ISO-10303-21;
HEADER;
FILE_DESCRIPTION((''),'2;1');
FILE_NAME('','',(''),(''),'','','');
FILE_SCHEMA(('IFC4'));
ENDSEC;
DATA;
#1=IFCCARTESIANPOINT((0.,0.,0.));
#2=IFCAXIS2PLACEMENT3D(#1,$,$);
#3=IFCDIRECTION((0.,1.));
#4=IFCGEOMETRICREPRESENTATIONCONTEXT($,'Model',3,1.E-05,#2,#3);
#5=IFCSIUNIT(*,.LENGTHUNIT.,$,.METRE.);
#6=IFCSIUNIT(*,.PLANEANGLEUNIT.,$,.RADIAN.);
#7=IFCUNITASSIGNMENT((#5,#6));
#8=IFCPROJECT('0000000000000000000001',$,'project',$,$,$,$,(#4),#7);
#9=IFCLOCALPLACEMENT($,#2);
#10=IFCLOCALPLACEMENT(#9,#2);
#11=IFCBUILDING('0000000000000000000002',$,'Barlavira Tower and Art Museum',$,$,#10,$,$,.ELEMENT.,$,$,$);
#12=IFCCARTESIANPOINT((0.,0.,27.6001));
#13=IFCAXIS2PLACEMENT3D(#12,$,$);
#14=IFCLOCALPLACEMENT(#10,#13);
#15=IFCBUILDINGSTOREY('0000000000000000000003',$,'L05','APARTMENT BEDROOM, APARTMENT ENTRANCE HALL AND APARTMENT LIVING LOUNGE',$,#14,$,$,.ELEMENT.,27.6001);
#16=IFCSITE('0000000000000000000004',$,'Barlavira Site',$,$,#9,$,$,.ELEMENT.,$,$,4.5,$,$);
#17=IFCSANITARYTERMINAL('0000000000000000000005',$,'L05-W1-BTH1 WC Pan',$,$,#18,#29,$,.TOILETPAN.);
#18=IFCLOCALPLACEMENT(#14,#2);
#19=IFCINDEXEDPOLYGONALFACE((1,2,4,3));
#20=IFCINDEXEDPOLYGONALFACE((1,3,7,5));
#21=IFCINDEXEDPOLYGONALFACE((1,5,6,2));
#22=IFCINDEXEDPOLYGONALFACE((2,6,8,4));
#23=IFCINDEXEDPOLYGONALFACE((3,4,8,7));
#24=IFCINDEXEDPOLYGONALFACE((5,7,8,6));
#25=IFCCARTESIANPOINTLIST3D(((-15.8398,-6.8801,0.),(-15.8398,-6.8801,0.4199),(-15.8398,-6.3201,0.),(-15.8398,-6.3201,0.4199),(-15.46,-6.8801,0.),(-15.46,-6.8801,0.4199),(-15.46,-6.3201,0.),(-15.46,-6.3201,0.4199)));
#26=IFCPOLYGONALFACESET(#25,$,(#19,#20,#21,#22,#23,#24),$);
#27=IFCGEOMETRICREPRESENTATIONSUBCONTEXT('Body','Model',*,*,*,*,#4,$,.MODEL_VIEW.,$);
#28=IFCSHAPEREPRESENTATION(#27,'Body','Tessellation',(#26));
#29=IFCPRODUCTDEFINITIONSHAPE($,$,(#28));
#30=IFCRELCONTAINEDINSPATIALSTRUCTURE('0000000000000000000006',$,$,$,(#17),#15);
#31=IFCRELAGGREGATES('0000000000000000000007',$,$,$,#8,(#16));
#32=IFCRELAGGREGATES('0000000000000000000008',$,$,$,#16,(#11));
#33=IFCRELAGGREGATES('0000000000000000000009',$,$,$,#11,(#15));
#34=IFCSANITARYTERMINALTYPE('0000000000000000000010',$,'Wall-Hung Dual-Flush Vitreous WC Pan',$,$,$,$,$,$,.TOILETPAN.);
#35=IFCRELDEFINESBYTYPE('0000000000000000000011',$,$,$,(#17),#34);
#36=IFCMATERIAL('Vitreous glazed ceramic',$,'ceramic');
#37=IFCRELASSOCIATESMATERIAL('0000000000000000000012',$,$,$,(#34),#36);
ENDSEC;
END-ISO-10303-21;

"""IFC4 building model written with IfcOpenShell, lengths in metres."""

from ifc_helpers import new_model, si_unit, direction, frame, origin, origin_2d, place, context, subcontext, project, spatial, rectangle, extrude, material, type_object, element, save


model = new_model("IFC4")

# Units and contexts
model_context = context("Model", 3, precision=1e-05, world=origin(), true_north=direction((0.0, 1.0)))
body_context = subcontext(model_context, "Body", "Model", "MODEL_VIEW")
ifc_project = project(units=[si_unit("LENGTHUNIT", "METRE"), si_unit("PLANEANGLEUNIT", "RADIAN")], contexts=[model_context])

# Site, building, storey
site_placement = place(None, origin())
site = spatial("IfcSite", under=ifc_project, at=site_placement, Name="Barlavira Site", CompositionType="ELEMENT", RefElevation=4.5)
building_placement = place(site_placement, origin())
building = spatial("IfcBuilding", under=site, at=building_placement, Name="Barlavira Tower and Art Museum", CompositionType="ELEMENT")
storey_placement = place(building_placement, frame((0.0, 0.0, 27.6001)))
storey = spatial("IfcBuildingStorey", under=building, at=storey_placement, Name="L05", Description="APARTMENT BEDROOM, APARTMENT ENTRANCE HALL AND APARTMENT LIVING LOUNGE", CompositionType="ELEMENT", Elevation=27.6001)

# Sanitary terminal
ifc_material_1 = material(Name="Vitreous glazed ceramic", Category="ceramic")
sanitary_terminal_type_1 = type_object("IfcSanitaryTerminalType", Name="Wall-Hung Dual-Flush Vitreous WC Pan", PredefinedType="TOILETPAN", material=ifc_material_1)
sanitary_terminal_1_placement = place(storey_placement, frame((-15.6499, -6.6001, 0.0), z_axis=(0.0, 0.0, 1.0), x_axis=(1.0, 0.0, 0.0)))
element("IfcSanitaryTerminal", 1, at=sanitary_terminal_1_placement, inside=storey, type_object=sanitary_terminal_type_1, Name="L05-W1-BTH1 WC Pan", PredefinedType="TOILETPAN", context=body_context, shape_type="SweptSolid", body=[
    extrude(rectangle(XDim=0.3799, YDim=0.5601, at=origin_2d()), origin(), (0.0, 0.0, 1.0), 0.4199),
])

save(model, "model.ifc")
